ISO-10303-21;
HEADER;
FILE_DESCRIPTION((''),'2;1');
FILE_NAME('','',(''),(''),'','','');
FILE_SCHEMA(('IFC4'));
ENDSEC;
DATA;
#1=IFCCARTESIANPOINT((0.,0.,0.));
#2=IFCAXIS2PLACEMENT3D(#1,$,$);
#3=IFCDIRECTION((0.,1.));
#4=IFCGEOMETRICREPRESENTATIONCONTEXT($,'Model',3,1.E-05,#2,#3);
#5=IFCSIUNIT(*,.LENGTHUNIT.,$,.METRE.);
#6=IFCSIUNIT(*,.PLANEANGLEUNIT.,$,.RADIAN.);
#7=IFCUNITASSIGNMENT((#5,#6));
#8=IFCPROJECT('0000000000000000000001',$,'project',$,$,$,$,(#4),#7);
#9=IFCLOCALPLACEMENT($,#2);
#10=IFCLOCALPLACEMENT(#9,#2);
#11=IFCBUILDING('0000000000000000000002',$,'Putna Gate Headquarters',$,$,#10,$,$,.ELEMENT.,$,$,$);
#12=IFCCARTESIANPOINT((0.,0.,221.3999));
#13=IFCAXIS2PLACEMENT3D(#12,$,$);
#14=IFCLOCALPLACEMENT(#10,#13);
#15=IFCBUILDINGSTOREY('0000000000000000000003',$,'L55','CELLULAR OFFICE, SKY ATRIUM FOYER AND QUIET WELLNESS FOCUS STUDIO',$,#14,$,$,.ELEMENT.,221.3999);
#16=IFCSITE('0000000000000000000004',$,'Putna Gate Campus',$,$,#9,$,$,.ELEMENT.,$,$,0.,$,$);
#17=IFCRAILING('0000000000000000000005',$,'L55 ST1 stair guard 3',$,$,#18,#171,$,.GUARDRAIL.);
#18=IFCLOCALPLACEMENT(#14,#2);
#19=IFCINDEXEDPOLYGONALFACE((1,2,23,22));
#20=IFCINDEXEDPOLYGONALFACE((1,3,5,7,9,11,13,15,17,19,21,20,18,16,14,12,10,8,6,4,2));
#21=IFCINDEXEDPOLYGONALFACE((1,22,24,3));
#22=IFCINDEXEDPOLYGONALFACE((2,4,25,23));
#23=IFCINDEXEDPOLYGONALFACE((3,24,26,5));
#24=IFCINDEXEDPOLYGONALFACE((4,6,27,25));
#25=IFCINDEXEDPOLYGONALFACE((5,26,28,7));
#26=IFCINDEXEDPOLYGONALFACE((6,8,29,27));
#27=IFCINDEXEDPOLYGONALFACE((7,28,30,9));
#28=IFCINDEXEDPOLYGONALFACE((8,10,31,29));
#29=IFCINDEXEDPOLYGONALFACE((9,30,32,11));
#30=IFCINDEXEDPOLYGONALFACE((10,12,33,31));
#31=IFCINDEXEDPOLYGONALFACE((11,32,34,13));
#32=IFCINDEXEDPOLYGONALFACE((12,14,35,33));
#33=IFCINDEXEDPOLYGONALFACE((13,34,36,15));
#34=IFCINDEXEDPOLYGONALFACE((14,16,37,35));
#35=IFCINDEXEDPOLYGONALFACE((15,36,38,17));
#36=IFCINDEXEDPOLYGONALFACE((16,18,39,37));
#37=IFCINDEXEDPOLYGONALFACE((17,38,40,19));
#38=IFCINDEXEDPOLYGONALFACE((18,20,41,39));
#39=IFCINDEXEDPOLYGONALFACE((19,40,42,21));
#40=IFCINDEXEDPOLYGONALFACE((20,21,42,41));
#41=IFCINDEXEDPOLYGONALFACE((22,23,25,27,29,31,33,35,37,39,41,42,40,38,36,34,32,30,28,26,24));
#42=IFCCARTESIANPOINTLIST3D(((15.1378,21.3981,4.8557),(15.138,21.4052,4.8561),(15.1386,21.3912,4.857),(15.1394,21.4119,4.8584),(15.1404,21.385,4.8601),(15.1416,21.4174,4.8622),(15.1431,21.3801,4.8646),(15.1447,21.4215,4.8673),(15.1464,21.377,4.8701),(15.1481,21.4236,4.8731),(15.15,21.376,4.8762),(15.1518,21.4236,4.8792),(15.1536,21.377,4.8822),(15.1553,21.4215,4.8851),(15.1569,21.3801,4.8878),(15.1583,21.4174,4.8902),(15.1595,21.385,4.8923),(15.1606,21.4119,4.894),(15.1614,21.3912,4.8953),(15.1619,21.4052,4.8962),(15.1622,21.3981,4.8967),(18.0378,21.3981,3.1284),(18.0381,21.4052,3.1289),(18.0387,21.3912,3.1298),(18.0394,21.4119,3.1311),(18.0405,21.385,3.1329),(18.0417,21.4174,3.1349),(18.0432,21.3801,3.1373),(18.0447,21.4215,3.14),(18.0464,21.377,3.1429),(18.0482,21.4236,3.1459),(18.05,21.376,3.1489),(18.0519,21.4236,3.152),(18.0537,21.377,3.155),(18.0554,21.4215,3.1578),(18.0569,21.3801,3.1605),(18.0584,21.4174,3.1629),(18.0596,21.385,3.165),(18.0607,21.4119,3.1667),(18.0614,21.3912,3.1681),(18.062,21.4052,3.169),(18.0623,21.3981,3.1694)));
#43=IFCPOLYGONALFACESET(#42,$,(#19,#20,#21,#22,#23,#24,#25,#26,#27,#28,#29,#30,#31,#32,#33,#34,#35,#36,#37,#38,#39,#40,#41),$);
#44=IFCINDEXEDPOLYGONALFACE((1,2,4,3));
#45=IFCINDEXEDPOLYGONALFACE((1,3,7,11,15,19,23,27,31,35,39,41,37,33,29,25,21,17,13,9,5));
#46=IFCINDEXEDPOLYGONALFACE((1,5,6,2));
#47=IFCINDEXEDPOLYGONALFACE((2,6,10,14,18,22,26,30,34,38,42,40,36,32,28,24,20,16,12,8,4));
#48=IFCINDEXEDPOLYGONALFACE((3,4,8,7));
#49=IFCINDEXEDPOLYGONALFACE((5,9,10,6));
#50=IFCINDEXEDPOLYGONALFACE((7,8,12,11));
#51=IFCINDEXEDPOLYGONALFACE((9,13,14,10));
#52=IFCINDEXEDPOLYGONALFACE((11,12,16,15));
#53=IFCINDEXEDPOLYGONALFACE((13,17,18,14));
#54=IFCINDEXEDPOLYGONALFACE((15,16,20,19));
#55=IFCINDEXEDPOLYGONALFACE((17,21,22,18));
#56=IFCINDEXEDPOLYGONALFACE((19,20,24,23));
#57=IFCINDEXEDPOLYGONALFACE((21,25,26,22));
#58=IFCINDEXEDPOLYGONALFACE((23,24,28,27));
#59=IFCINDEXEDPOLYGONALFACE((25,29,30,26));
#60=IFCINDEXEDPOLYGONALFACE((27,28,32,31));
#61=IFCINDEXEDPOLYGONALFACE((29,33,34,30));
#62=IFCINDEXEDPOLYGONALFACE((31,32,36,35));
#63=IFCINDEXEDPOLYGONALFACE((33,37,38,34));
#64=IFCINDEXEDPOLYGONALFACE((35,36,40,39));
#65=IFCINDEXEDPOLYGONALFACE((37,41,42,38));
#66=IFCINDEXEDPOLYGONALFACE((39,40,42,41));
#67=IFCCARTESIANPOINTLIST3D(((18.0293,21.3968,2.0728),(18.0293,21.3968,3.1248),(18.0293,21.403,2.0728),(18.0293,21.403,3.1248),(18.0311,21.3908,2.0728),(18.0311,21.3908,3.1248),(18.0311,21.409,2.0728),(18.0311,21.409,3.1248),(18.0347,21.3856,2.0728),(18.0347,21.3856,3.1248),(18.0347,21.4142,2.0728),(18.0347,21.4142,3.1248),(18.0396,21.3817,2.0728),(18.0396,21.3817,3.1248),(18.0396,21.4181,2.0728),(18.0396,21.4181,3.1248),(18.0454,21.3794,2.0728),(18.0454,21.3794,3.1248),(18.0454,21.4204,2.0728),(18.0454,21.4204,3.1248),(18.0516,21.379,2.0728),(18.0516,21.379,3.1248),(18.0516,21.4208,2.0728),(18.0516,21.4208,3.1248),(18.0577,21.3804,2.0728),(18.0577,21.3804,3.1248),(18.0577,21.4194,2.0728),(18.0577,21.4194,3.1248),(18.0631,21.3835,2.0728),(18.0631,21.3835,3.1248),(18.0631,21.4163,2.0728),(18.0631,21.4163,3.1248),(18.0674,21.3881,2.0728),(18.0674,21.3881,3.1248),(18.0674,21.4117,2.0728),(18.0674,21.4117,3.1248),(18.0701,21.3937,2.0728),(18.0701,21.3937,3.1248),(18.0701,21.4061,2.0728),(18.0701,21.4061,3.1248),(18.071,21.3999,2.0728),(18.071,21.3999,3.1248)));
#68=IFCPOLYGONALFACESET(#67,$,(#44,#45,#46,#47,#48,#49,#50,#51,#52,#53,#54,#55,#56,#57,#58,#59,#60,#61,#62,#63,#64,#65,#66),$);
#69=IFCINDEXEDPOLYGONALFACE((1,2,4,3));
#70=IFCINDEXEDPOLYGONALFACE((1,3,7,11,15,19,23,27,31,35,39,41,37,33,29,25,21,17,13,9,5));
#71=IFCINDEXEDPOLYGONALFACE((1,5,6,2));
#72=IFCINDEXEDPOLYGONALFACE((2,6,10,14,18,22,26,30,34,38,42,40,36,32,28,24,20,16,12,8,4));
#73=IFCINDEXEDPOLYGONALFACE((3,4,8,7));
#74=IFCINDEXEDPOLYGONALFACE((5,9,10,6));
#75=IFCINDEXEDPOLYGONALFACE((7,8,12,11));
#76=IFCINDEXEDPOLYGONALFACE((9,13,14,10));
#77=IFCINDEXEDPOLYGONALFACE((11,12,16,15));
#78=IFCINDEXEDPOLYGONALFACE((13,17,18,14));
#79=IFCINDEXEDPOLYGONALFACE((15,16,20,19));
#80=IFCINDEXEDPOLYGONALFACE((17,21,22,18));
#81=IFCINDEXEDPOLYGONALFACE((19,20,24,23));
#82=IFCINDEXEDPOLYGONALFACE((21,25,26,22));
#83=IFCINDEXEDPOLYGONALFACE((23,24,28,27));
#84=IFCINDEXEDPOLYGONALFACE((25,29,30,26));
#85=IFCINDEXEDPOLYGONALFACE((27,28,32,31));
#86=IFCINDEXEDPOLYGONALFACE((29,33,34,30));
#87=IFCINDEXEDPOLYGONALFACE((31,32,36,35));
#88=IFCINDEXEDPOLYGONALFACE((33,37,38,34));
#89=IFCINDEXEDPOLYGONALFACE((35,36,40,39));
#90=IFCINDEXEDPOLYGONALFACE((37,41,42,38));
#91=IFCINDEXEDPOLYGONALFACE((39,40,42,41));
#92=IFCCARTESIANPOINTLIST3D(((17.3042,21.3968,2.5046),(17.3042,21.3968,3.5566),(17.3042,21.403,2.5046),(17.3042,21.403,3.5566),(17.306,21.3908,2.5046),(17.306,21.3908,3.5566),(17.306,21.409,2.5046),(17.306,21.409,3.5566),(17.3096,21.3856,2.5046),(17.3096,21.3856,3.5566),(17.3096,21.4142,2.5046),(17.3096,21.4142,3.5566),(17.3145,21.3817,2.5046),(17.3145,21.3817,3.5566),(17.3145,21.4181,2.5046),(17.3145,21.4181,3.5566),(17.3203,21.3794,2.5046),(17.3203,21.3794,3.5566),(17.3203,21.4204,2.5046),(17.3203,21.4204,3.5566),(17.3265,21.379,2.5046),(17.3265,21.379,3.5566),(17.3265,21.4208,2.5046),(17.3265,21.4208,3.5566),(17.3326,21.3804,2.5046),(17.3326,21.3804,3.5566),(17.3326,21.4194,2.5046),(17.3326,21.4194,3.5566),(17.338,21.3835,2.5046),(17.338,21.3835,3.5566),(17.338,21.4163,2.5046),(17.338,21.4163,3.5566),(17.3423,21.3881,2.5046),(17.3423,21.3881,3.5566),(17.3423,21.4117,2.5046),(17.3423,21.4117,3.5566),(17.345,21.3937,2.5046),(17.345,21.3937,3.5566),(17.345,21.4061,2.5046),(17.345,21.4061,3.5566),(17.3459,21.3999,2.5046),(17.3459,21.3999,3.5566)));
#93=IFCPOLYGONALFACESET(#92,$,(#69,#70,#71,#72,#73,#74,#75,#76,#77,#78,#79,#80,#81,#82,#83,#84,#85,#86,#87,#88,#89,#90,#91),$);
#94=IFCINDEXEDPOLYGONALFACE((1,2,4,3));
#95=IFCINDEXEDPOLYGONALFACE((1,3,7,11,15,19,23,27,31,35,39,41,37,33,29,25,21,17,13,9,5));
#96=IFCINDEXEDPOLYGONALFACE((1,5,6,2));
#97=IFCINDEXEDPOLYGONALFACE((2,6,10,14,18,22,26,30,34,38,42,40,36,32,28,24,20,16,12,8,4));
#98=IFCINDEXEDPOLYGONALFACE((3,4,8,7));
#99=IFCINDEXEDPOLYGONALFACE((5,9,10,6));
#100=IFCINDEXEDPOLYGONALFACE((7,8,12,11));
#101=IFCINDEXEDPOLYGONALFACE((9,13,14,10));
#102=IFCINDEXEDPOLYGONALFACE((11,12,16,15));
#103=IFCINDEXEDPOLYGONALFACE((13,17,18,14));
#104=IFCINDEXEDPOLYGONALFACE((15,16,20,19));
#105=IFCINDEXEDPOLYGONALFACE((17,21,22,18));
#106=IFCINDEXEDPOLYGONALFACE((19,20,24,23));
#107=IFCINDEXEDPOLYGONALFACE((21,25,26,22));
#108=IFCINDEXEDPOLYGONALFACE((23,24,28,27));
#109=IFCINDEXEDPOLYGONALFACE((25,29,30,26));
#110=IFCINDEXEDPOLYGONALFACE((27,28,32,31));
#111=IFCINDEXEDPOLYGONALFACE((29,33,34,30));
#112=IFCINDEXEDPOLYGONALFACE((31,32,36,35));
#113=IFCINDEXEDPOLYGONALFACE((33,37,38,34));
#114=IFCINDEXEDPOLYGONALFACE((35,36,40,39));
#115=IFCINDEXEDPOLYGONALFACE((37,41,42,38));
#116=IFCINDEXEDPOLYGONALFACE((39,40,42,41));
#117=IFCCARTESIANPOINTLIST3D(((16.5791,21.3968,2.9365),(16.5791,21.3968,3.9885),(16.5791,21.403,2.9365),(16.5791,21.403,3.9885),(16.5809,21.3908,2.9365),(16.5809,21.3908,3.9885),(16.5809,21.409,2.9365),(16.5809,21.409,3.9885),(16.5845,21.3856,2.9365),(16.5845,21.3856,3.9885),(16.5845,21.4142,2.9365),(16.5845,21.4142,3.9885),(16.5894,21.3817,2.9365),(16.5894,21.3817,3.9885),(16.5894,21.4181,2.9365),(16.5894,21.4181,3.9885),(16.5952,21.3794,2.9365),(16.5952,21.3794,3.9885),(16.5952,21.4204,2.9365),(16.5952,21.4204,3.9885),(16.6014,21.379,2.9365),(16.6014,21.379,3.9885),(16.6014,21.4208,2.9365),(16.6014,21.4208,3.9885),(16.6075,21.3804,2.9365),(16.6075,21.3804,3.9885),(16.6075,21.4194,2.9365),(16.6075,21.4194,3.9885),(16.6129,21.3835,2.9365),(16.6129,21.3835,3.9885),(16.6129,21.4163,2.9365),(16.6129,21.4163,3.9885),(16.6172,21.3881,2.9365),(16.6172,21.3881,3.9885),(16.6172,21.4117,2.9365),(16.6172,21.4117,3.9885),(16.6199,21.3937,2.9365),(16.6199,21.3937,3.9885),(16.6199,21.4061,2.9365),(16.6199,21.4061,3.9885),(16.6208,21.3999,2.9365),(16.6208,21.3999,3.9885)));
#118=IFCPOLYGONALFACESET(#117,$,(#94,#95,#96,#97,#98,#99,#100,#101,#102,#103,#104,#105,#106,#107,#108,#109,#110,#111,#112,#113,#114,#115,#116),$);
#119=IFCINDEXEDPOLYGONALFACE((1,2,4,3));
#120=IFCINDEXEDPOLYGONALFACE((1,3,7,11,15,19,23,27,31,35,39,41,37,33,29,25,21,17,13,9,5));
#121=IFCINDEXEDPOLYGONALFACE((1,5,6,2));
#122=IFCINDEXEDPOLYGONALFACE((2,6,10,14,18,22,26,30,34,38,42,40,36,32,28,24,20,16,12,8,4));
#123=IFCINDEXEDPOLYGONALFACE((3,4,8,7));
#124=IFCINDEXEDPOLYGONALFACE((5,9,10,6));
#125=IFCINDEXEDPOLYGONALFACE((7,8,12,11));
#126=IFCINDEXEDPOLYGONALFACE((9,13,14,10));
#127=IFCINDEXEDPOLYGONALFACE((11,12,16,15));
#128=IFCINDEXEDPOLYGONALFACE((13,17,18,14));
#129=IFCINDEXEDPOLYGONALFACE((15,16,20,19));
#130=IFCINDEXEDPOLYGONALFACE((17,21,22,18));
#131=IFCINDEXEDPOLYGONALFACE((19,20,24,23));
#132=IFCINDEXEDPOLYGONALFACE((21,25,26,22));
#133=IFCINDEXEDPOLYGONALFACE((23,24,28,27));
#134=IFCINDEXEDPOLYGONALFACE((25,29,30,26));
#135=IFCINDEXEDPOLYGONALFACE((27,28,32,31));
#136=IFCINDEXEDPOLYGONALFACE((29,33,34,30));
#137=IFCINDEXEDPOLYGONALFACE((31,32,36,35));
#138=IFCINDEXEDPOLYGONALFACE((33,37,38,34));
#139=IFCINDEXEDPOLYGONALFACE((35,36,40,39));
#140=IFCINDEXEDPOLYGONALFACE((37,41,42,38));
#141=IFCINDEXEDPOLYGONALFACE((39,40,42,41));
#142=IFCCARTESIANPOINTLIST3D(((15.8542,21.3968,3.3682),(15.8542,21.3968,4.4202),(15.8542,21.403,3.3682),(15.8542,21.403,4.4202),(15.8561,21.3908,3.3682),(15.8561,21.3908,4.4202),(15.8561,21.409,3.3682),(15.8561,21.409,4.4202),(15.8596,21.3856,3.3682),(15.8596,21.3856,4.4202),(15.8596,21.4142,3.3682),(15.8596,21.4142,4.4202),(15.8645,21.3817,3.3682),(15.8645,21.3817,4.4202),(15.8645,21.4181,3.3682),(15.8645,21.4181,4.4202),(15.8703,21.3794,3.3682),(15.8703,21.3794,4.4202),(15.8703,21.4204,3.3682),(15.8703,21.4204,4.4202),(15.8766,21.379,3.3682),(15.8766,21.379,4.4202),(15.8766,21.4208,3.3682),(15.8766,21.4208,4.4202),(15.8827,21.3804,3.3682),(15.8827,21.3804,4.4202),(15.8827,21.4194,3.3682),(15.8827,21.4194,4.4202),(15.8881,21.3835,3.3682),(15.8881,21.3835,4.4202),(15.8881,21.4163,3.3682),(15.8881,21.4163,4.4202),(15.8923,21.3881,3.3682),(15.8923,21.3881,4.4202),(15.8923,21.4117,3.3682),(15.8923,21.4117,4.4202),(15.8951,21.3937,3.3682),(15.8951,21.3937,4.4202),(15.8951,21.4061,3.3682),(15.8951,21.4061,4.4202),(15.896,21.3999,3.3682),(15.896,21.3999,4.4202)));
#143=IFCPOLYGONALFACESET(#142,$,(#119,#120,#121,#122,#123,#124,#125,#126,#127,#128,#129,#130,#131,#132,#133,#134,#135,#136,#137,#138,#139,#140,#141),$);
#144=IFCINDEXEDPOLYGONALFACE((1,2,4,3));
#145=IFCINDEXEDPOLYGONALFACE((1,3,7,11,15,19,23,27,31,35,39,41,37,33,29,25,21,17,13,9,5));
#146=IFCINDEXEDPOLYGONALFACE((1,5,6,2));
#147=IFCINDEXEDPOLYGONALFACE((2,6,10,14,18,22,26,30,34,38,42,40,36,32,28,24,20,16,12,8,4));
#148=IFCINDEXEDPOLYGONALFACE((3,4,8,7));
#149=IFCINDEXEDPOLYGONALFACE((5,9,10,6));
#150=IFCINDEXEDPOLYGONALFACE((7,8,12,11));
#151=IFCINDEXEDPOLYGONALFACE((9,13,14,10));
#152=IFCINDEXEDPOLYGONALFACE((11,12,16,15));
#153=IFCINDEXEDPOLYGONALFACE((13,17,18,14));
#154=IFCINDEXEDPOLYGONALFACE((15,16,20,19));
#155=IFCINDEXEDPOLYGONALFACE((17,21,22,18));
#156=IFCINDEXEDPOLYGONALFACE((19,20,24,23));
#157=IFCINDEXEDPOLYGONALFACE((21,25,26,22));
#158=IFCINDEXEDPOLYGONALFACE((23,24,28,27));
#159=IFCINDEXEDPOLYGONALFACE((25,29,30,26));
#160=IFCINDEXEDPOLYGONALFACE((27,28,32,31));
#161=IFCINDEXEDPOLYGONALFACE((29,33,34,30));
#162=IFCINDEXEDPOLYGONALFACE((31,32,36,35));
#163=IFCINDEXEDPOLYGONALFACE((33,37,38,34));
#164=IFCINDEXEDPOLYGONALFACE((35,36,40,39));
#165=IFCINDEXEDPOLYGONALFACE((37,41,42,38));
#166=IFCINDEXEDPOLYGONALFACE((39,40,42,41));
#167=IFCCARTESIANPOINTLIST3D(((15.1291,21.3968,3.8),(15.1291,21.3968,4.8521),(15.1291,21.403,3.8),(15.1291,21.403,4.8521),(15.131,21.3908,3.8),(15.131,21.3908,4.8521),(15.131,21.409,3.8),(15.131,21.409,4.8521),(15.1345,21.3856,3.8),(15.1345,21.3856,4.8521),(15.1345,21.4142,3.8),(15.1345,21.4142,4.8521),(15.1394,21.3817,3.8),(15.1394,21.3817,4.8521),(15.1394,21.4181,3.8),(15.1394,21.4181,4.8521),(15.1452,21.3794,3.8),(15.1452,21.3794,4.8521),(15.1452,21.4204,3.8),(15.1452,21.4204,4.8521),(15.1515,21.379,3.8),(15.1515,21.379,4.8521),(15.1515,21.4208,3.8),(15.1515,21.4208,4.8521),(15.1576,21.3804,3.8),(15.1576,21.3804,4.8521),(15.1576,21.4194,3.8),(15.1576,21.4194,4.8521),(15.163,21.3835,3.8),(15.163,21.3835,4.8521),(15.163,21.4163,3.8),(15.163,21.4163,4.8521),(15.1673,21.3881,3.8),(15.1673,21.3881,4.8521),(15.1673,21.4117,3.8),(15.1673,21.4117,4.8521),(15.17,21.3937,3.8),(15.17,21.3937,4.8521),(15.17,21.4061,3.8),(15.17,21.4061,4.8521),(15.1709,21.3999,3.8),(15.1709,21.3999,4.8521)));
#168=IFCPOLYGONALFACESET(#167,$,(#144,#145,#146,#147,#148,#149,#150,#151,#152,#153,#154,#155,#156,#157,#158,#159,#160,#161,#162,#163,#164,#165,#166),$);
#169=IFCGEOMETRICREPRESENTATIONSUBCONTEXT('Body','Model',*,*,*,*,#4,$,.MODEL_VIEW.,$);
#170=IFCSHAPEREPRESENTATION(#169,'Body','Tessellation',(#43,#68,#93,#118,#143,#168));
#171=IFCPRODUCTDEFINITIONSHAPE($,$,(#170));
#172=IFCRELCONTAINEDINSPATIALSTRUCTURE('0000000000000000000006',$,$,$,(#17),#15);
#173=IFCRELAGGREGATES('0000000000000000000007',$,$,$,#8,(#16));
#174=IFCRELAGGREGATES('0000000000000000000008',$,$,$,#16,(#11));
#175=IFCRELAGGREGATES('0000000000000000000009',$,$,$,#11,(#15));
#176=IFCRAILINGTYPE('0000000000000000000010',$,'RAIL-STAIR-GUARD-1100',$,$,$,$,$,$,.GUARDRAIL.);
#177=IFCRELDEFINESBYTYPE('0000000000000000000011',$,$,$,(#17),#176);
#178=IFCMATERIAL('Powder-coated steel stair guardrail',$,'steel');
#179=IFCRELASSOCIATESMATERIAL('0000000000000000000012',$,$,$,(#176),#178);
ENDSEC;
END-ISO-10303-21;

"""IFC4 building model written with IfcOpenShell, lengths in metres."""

from ifc_helpers import new_model, si_unit, direction, frame, origin, origin_2d, place, context, subcontext, project, spatial, circle, extrude, material, type_object, element, save


model = new_model("IFC4")

# Units and contexts
model_context = context("Model", 3, precision=1e-05, world=origin(), true_north=direction((0.0, 1.0)))
body_context = subcontext(model_context, "Body", "Model", "MODEL_VIEW")
ifc_project = project(units=[si_unit("LENGTHUNIT", "METRE"), si_unit("PLANEANGLEUNIT", "RADIAN")], contexts=[model_context])

# Site, building, storey
site_placement = place(None, origin())
site = spatial("IfcSite", under=ifc_project, at=site_placement, Name="Putna Gate Campus", CompositionType="ELEMENT", RefElevation=0.0)
building_placement = place(site_placement, origin())
building = spatial("IfcBuilding", under=site, at=building_placement, Name="Putna Gate Headquarters", CompositionType="ELEMENT")
storey_placement = place(building_placement, frame((0.0, 0.0, 221.3999)))
storey = spatial("IfcBuildingStorey", under=building, at=storey_placement, Name="L55", Description="CELLULAR OFFICE, SKY ATRIUM FOYER AND QUIET WELLNESS FOCUS STUDIO", CompositionType="ELEMENT", Elevation=221.3999)

# Railing
ifc_material_1 = material(Name="Powder-coated steel stair guardrail", Category="steel")
railing_type_1 = type_object("IfcRailingType", Name="RAIL-STAIR-GUARD-1100", PredefinedType="GUARDRAIL", material=ifc_material_1)
railing_1_placement = place(storey_placement, frame((18.05, 21.3999, 2.0728)))
element("IfcRailing", 1, at=railing_1_placement, inside=storey, type_object=railing_type_1, Name="L55 ST1 stair guard 3", PredefinedType="GUARDRAIL", context=body_context, shape_type="SweptSolid", body=[
    extrude(circle(Radius=0.0239, at=origin_2d()), frame((0.0, 0.0, 1.0762), z_axis=(-0.85916, 0.0, 0.511706), x_axis=(0.0, -1.0, 0.0)), (0.0, 0.0, 1.0), 3.3755),
    extrude(circle(Radius=0.021, at=origin_2d()), origin(), (0.0, 0.0, 1.0), 1.052),
    extrude(circle(Radius=0.021, at=origin_2d()), frame((-0.7251, 0.0, 0.4319)), (0.0, 0.0, 1.0), 1.052),
    extrude(circle(Radius=0.021, at=origin_2d()), frame((-1.4502, 0.0, 0.8638)), (0.0, 0.0, 1.0), 1.052),
    extrude(circle(Radius=0.021, at=origin_2d()), frame((-2.175, 0.0, 1.2954)), (0.0, 0.0, 1.0), 1.052),
    extrude(circle(Radius=0.021, at=origin_2d()), frame((-2.9001, 0.0, 1.7273)), (0.0, 0.0, 1.0), 1.052),
])

save(model, "model.ifc")
